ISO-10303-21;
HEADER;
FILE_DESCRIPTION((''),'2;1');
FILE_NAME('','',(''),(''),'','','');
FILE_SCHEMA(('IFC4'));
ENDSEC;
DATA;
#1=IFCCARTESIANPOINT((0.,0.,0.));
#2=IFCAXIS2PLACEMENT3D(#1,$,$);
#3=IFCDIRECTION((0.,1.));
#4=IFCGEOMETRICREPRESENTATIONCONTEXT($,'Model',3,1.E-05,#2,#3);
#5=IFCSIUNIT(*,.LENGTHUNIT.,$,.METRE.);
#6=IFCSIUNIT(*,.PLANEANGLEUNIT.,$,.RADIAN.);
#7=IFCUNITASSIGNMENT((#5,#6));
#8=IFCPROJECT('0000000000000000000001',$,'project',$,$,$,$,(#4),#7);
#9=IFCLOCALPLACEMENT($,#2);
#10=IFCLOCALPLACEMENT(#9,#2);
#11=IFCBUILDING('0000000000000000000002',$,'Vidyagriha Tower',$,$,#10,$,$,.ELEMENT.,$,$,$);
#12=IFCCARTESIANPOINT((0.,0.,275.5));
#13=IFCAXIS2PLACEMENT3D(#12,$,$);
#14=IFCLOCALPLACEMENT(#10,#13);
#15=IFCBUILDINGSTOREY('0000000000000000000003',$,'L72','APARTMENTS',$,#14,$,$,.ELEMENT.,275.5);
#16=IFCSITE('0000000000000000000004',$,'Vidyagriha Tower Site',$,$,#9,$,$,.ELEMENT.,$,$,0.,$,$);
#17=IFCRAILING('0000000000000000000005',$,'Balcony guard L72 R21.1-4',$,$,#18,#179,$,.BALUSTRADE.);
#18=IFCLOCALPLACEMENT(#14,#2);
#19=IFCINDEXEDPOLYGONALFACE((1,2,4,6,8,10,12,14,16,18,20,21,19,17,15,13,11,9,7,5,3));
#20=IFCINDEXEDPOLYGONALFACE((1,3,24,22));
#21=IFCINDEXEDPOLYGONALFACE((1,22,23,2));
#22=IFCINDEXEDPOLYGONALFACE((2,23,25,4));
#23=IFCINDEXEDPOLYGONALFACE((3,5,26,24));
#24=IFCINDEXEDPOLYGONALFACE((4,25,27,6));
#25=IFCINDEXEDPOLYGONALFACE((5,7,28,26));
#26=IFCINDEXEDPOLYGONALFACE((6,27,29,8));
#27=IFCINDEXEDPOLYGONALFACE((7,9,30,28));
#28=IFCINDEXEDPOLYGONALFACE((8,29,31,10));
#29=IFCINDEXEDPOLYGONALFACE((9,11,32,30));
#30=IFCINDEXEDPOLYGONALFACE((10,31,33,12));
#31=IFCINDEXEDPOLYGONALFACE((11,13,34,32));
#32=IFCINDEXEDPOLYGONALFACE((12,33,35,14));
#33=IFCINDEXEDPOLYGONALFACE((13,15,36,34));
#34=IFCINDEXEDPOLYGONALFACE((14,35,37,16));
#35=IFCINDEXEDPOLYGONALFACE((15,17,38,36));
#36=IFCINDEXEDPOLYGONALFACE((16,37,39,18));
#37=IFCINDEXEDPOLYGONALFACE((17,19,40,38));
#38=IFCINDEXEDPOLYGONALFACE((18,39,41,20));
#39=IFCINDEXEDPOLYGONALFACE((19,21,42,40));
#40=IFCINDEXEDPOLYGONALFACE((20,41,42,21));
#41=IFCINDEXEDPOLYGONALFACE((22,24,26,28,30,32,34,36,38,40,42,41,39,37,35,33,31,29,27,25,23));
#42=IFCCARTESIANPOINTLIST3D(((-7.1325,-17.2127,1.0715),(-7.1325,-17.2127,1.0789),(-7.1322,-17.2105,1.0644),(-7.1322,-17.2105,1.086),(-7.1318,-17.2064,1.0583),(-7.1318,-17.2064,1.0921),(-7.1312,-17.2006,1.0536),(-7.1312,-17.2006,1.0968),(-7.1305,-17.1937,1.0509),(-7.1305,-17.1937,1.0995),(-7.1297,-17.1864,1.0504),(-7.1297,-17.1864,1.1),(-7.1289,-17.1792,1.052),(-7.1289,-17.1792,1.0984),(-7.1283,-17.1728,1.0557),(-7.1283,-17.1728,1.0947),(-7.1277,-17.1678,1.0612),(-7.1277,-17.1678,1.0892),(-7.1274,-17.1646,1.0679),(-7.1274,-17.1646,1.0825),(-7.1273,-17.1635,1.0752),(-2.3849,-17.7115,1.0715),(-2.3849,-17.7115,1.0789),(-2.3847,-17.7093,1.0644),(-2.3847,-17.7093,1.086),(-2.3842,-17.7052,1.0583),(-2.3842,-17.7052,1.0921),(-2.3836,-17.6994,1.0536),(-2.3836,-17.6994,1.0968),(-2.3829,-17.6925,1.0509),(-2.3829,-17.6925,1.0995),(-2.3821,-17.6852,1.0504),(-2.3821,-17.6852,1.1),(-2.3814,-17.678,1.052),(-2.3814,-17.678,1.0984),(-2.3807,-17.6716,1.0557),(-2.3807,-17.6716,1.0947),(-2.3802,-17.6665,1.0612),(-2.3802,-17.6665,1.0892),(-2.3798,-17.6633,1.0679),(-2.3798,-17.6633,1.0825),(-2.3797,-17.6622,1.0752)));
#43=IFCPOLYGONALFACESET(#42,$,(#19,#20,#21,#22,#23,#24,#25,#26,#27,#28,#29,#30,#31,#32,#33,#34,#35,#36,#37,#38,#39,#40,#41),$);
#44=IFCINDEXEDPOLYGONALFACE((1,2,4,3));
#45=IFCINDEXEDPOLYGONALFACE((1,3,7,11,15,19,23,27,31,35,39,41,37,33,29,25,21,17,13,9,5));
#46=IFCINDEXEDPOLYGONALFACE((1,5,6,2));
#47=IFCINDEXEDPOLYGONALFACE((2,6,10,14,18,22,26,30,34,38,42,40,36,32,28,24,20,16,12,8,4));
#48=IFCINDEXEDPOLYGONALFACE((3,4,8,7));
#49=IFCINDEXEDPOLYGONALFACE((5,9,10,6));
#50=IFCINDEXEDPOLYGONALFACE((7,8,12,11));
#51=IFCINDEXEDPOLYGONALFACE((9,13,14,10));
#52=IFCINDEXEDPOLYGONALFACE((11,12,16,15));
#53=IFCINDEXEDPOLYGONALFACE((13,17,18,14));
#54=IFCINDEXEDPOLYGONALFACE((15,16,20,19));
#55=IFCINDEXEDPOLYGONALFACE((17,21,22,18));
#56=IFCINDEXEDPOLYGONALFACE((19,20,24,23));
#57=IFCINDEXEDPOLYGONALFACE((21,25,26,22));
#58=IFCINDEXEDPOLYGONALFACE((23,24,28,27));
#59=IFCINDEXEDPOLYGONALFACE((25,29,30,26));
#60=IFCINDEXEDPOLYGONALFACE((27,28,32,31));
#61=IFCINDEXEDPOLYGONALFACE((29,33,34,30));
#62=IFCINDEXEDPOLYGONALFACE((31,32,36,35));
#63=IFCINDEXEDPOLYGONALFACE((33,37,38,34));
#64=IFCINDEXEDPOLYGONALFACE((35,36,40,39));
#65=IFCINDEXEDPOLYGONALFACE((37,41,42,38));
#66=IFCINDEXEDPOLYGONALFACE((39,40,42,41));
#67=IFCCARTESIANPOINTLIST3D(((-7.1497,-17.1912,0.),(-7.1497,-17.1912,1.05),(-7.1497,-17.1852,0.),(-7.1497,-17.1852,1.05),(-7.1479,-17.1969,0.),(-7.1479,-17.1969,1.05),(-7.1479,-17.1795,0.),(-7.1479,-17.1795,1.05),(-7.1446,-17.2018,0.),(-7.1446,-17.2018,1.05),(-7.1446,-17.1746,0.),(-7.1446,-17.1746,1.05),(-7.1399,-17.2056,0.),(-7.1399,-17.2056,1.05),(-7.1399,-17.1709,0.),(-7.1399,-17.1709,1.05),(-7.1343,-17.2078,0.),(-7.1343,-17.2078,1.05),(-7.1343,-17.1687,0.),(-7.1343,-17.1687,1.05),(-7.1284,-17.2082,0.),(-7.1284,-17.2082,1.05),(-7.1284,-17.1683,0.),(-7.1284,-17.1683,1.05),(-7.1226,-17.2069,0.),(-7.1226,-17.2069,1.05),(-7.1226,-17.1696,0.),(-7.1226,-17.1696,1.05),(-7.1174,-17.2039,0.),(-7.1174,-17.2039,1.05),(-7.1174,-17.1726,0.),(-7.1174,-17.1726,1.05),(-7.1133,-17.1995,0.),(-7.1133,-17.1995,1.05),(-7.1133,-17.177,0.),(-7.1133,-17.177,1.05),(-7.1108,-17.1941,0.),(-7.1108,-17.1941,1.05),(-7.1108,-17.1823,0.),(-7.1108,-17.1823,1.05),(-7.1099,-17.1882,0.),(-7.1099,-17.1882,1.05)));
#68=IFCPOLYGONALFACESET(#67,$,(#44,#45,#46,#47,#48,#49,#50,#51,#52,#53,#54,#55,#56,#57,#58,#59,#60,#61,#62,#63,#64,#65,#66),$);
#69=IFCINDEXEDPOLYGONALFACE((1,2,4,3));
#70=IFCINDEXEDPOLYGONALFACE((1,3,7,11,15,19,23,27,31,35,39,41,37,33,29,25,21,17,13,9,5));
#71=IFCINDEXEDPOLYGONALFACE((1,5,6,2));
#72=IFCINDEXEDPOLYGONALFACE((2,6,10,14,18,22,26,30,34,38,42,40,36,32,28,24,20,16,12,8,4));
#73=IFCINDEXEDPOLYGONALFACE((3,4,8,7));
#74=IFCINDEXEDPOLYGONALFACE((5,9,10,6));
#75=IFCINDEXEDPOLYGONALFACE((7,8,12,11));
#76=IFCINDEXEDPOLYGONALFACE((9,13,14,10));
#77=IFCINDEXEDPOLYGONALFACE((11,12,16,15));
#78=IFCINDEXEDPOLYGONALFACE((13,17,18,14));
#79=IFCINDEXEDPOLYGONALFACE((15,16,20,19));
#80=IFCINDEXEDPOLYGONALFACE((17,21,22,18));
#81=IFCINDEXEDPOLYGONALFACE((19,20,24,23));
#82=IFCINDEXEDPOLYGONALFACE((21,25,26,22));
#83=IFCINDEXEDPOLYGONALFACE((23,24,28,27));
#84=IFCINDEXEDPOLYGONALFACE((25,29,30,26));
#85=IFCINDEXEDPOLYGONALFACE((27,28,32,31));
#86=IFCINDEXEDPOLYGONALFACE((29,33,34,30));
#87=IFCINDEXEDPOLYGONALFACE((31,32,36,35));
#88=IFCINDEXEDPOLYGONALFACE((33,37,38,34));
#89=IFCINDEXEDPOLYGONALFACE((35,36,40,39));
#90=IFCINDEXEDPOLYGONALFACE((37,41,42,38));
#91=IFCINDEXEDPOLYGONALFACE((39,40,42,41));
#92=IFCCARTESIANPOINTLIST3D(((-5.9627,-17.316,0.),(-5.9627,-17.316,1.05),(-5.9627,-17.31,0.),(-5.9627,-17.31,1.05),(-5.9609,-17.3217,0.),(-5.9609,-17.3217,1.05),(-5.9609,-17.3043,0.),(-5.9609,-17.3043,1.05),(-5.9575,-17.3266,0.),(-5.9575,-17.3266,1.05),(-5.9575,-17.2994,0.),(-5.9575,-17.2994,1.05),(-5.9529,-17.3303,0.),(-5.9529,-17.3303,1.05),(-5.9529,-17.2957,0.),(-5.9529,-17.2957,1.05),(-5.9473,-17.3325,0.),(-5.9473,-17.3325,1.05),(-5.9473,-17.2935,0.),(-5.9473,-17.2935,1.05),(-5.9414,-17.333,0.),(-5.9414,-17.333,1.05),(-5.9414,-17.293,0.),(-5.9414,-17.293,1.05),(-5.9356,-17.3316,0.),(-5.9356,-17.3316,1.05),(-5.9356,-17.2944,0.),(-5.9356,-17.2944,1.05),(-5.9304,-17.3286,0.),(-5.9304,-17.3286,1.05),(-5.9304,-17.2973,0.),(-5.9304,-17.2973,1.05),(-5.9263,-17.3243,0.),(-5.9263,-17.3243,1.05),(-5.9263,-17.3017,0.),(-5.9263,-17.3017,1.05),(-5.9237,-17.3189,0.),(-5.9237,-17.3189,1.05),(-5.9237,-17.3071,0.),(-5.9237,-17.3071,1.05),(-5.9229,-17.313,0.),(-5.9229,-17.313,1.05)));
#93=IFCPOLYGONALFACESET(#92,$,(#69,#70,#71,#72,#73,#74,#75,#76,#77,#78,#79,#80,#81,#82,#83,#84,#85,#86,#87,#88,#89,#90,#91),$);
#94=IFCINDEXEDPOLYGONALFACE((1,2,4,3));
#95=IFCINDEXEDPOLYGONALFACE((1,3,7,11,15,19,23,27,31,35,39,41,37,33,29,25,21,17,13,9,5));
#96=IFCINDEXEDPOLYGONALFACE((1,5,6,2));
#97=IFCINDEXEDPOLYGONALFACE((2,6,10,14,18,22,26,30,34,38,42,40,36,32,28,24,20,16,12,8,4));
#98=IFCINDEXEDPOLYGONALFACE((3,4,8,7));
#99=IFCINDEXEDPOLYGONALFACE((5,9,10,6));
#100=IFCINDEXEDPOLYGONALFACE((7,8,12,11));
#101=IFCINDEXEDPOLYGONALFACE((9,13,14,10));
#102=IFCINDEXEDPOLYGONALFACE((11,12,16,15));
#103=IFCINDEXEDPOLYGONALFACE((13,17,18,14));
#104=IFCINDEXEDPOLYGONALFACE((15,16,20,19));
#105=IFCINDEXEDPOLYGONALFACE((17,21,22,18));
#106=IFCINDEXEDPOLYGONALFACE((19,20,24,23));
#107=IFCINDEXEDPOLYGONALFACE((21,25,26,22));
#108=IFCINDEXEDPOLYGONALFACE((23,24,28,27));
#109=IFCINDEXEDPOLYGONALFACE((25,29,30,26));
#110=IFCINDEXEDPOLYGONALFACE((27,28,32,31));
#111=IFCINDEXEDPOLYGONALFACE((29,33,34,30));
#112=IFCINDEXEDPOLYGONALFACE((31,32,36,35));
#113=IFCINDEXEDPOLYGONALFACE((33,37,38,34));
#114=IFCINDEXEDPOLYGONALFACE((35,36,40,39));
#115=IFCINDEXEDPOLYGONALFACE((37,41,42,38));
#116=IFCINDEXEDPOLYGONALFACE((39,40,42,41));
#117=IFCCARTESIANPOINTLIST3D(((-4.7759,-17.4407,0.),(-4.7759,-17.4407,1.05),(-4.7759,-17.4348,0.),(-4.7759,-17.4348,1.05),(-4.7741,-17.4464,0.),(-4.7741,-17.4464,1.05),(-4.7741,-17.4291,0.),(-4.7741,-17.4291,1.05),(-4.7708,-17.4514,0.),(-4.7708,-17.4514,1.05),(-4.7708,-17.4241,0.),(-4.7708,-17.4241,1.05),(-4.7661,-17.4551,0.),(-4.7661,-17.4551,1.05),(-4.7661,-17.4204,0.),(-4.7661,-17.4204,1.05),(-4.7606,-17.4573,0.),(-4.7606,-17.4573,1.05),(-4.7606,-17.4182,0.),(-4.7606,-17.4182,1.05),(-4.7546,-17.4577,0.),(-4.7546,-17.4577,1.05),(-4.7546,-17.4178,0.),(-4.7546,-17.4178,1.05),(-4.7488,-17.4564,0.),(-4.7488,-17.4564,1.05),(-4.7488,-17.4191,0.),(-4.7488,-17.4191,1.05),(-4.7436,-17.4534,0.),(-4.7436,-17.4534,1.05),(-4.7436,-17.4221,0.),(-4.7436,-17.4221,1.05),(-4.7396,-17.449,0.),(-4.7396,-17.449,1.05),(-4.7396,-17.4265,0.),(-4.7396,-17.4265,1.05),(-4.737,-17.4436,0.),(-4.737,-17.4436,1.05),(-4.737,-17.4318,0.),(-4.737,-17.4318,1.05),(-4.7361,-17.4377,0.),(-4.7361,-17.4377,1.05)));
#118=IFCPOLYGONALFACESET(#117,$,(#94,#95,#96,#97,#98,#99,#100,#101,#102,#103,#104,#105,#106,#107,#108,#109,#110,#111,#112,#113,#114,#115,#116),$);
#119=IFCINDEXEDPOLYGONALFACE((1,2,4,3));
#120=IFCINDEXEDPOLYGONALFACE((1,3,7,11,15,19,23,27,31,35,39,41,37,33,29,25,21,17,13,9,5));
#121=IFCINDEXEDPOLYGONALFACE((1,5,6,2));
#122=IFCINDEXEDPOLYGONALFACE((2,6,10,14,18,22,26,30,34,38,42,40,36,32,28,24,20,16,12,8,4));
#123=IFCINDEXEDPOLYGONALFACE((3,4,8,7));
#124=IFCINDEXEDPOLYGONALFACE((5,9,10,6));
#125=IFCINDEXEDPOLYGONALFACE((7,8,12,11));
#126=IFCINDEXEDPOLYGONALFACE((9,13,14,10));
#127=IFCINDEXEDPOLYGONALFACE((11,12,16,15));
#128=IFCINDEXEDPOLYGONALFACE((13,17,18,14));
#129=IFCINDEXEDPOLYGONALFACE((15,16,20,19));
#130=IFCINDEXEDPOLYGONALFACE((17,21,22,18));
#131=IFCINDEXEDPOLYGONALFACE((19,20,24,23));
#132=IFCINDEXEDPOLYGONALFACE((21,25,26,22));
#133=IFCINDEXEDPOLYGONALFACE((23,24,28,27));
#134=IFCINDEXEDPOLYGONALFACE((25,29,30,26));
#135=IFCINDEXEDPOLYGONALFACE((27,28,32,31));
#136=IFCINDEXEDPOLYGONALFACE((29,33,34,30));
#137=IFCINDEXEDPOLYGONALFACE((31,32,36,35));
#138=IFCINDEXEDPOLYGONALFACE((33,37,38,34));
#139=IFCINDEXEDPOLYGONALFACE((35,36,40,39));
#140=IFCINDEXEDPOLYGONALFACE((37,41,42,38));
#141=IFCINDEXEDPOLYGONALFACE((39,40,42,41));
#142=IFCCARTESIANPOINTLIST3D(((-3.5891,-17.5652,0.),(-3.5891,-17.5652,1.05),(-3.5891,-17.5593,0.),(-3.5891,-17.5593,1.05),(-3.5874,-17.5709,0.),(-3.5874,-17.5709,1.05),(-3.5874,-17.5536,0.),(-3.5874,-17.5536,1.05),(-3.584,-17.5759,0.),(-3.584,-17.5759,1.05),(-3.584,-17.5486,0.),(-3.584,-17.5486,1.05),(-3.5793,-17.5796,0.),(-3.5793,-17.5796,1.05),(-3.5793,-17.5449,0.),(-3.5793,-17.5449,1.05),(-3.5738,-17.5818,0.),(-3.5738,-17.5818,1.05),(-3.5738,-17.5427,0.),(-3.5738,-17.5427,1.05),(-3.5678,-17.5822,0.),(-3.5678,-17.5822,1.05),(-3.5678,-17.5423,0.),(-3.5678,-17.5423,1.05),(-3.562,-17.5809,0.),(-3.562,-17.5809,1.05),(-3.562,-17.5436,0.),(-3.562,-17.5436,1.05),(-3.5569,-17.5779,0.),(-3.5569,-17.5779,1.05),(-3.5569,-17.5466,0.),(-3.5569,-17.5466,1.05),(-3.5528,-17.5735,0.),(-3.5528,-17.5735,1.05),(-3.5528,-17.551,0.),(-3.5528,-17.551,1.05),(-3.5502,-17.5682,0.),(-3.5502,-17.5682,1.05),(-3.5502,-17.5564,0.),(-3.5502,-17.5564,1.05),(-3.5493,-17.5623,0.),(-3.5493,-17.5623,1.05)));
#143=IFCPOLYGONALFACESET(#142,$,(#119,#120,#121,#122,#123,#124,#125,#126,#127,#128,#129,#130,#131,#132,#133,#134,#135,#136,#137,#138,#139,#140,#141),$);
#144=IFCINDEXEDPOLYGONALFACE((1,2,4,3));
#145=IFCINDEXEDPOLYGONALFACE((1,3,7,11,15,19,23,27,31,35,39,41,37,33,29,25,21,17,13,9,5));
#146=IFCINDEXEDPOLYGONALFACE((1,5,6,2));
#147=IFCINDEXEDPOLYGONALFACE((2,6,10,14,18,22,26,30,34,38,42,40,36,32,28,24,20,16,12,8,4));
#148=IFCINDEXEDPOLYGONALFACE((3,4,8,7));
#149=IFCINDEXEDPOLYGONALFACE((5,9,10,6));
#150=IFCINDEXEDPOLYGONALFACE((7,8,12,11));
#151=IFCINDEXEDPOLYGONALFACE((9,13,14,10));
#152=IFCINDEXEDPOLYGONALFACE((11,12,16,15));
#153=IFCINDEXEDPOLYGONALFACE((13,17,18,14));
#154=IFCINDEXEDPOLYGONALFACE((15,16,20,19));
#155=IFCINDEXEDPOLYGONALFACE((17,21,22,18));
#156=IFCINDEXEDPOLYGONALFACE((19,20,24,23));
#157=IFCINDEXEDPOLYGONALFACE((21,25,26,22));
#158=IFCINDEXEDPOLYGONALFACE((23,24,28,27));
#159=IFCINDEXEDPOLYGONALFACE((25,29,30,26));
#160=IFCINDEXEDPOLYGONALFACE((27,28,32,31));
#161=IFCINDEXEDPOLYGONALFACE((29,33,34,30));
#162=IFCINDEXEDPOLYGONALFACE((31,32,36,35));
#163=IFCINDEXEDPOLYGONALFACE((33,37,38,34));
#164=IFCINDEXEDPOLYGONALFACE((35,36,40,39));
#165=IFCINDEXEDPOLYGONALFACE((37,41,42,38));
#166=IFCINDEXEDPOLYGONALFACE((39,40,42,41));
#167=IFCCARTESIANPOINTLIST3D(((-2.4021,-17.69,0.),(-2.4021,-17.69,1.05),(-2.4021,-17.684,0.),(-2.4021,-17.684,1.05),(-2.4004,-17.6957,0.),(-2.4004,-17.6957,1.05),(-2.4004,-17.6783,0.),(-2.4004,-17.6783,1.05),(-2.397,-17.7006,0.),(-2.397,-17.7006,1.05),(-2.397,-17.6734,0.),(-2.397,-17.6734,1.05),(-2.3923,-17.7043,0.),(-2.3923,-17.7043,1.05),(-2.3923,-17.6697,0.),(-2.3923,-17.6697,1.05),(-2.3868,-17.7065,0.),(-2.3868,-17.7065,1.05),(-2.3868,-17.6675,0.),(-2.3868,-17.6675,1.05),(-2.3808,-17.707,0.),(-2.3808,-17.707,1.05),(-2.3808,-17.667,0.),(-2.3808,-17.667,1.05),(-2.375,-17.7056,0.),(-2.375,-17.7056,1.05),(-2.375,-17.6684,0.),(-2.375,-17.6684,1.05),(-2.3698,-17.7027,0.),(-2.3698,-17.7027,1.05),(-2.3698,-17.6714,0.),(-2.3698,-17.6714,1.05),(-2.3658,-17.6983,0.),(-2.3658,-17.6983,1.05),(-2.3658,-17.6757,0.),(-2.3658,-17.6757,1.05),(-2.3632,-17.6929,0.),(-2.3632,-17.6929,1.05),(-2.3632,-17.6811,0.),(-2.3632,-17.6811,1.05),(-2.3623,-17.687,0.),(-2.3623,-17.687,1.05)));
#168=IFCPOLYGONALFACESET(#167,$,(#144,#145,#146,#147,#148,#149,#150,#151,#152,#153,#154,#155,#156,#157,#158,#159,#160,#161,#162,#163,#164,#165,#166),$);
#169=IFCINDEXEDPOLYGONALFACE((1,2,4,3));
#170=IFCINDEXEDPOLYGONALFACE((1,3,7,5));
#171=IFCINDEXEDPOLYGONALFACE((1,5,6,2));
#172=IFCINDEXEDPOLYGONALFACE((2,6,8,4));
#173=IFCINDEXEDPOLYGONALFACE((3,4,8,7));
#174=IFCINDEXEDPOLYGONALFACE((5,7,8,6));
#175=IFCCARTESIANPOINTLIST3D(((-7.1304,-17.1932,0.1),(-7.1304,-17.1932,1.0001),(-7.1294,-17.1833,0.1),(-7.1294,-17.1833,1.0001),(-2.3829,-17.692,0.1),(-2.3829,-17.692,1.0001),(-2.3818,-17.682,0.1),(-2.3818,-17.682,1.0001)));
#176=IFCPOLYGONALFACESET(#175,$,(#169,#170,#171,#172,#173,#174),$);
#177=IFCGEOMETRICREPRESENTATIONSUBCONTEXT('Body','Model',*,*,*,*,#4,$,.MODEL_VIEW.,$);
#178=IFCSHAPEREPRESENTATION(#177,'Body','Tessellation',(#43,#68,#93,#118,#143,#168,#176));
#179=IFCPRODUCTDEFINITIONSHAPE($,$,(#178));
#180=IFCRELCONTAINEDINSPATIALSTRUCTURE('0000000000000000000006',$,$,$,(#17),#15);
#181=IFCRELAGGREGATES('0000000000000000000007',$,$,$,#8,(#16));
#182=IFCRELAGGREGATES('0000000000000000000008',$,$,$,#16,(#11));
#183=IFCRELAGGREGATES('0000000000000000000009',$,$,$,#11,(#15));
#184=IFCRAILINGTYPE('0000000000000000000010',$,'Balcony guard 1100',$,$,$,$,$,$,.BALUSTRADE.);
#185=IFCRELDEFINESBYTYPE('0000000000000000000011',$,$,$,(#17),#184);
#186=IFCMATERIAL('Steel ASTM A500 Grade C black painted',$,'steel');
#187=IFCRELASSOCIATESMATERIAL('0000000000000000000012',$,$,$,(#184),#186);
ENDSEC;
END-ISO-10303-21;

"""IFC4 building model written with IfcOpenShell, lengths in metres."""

from ifc_helpers import new_model, si_unit, direction, frame, origin, origin_2d, place, context, subcontext, project, spatial, rectangle, circle, extrude, material, type_object, element, save


model = new_model("IFC4")

# Units and contexts
model_context = context("Model", 3, precision=1e-05, world=origin(), true_north=direction((0.0, 1.0)))
body_context = subcontext(model_context, "Body", "Model", "MODEL_VIEW")
ifc_project = project(units=[si_unit("LENGTHUNIT", "METRE"), si_unit("PLANEANGLEUNIT", "RADIAN")], contexts=[model_context])

# Site, building, storey
site_placement = place(None, origin())
site = spatial("IfcSite", under=ifc_project, at=site_placement, Name="Vidyagriha Tower Site", CompositionType="ELEMENT", RefElevation=0.0)
building_placement = place(site_placement, origin())
building = spatial("IfcBuilding", under=site, at=building_placement, Name="Vidyagriha Tower", CompositionType="ELEMENT")
storey_placement = place(building_placement, frame((0.0, 0.0, 275.5)))
storey = spatial("IfcBuildingStorey", under=building, at=storey_placement, Name="L72", Description="APARTMENTS", CompositionType="ELEMENT", Elevation=275.5)

# Railing
ifc_material_1 = material(Name="Steel ASTM A500 Grade C black painted", Category="steel")
railing_type = type_object("IfcRailingType", Name="Balcony guard 1100", PredefinedType="BALUSTRADE", material=ifc_material_1)
railing_1_placement = place(storey_placement, frame((-7.1299, -17.1882, 0.0)))
element("IfcRailing", 1, at=railing_1_placement, inside=storey, type_object=railing_type, Name="Balcony guard L72 R21.1-4", PredefinedType="BALUSTRADE", context=body_context, shape_type="SweptSolid", body=[
    extrude(circle(Radius=0.0249, at=origin_2d()), frame((0.0, 0.0, 1.0752), z_axis=(0.994526, -0.104485, 0.0), x_axis=(0.104485, 0.994526, 0.0)), (0.0, 0.0, 1.0), 4.7737),
    extrude(circle(Radius=0.02, at=origin_2d()), origin(), (0.0, 0.0, 1.0), 1.05),
    extrude(circle(Radius=0.02, at=origin_2d()), frame((1.187, -0.1248, 0.0)), (0.0, 0.0, 1.0), 1.05),
    extrude(circle(Radius=0.02, at=origin_2d()), frame((2.3738, -0.2495, 0.0)), (0.0, 0.0, 1.0), 1.05),
    extrude(circle(Radius=0.02, at=origin_2d()), frame((3.5605, -0.374, 0.0)), (0.0, 0.0, 1.0), 1.05),
    extrude(circle(Radius=0.02, at=origin_2d()), frame((4.7476, -0.4988, 0.0)), (0.0, 0.0, 1.0), 1.05),
    extrude(rectangle(XDim=0.01, YDim=0.9001, at=origin_2d()), frame((0.0, 0.0, 0.55), z_axis=(0.994526, -0.104485, 0.0), x_axis=(0.104485, 0.994526, 0.0)), (0.0, 0.0, 1.0), 4.7737),
])

save(model, "model.ifc")
